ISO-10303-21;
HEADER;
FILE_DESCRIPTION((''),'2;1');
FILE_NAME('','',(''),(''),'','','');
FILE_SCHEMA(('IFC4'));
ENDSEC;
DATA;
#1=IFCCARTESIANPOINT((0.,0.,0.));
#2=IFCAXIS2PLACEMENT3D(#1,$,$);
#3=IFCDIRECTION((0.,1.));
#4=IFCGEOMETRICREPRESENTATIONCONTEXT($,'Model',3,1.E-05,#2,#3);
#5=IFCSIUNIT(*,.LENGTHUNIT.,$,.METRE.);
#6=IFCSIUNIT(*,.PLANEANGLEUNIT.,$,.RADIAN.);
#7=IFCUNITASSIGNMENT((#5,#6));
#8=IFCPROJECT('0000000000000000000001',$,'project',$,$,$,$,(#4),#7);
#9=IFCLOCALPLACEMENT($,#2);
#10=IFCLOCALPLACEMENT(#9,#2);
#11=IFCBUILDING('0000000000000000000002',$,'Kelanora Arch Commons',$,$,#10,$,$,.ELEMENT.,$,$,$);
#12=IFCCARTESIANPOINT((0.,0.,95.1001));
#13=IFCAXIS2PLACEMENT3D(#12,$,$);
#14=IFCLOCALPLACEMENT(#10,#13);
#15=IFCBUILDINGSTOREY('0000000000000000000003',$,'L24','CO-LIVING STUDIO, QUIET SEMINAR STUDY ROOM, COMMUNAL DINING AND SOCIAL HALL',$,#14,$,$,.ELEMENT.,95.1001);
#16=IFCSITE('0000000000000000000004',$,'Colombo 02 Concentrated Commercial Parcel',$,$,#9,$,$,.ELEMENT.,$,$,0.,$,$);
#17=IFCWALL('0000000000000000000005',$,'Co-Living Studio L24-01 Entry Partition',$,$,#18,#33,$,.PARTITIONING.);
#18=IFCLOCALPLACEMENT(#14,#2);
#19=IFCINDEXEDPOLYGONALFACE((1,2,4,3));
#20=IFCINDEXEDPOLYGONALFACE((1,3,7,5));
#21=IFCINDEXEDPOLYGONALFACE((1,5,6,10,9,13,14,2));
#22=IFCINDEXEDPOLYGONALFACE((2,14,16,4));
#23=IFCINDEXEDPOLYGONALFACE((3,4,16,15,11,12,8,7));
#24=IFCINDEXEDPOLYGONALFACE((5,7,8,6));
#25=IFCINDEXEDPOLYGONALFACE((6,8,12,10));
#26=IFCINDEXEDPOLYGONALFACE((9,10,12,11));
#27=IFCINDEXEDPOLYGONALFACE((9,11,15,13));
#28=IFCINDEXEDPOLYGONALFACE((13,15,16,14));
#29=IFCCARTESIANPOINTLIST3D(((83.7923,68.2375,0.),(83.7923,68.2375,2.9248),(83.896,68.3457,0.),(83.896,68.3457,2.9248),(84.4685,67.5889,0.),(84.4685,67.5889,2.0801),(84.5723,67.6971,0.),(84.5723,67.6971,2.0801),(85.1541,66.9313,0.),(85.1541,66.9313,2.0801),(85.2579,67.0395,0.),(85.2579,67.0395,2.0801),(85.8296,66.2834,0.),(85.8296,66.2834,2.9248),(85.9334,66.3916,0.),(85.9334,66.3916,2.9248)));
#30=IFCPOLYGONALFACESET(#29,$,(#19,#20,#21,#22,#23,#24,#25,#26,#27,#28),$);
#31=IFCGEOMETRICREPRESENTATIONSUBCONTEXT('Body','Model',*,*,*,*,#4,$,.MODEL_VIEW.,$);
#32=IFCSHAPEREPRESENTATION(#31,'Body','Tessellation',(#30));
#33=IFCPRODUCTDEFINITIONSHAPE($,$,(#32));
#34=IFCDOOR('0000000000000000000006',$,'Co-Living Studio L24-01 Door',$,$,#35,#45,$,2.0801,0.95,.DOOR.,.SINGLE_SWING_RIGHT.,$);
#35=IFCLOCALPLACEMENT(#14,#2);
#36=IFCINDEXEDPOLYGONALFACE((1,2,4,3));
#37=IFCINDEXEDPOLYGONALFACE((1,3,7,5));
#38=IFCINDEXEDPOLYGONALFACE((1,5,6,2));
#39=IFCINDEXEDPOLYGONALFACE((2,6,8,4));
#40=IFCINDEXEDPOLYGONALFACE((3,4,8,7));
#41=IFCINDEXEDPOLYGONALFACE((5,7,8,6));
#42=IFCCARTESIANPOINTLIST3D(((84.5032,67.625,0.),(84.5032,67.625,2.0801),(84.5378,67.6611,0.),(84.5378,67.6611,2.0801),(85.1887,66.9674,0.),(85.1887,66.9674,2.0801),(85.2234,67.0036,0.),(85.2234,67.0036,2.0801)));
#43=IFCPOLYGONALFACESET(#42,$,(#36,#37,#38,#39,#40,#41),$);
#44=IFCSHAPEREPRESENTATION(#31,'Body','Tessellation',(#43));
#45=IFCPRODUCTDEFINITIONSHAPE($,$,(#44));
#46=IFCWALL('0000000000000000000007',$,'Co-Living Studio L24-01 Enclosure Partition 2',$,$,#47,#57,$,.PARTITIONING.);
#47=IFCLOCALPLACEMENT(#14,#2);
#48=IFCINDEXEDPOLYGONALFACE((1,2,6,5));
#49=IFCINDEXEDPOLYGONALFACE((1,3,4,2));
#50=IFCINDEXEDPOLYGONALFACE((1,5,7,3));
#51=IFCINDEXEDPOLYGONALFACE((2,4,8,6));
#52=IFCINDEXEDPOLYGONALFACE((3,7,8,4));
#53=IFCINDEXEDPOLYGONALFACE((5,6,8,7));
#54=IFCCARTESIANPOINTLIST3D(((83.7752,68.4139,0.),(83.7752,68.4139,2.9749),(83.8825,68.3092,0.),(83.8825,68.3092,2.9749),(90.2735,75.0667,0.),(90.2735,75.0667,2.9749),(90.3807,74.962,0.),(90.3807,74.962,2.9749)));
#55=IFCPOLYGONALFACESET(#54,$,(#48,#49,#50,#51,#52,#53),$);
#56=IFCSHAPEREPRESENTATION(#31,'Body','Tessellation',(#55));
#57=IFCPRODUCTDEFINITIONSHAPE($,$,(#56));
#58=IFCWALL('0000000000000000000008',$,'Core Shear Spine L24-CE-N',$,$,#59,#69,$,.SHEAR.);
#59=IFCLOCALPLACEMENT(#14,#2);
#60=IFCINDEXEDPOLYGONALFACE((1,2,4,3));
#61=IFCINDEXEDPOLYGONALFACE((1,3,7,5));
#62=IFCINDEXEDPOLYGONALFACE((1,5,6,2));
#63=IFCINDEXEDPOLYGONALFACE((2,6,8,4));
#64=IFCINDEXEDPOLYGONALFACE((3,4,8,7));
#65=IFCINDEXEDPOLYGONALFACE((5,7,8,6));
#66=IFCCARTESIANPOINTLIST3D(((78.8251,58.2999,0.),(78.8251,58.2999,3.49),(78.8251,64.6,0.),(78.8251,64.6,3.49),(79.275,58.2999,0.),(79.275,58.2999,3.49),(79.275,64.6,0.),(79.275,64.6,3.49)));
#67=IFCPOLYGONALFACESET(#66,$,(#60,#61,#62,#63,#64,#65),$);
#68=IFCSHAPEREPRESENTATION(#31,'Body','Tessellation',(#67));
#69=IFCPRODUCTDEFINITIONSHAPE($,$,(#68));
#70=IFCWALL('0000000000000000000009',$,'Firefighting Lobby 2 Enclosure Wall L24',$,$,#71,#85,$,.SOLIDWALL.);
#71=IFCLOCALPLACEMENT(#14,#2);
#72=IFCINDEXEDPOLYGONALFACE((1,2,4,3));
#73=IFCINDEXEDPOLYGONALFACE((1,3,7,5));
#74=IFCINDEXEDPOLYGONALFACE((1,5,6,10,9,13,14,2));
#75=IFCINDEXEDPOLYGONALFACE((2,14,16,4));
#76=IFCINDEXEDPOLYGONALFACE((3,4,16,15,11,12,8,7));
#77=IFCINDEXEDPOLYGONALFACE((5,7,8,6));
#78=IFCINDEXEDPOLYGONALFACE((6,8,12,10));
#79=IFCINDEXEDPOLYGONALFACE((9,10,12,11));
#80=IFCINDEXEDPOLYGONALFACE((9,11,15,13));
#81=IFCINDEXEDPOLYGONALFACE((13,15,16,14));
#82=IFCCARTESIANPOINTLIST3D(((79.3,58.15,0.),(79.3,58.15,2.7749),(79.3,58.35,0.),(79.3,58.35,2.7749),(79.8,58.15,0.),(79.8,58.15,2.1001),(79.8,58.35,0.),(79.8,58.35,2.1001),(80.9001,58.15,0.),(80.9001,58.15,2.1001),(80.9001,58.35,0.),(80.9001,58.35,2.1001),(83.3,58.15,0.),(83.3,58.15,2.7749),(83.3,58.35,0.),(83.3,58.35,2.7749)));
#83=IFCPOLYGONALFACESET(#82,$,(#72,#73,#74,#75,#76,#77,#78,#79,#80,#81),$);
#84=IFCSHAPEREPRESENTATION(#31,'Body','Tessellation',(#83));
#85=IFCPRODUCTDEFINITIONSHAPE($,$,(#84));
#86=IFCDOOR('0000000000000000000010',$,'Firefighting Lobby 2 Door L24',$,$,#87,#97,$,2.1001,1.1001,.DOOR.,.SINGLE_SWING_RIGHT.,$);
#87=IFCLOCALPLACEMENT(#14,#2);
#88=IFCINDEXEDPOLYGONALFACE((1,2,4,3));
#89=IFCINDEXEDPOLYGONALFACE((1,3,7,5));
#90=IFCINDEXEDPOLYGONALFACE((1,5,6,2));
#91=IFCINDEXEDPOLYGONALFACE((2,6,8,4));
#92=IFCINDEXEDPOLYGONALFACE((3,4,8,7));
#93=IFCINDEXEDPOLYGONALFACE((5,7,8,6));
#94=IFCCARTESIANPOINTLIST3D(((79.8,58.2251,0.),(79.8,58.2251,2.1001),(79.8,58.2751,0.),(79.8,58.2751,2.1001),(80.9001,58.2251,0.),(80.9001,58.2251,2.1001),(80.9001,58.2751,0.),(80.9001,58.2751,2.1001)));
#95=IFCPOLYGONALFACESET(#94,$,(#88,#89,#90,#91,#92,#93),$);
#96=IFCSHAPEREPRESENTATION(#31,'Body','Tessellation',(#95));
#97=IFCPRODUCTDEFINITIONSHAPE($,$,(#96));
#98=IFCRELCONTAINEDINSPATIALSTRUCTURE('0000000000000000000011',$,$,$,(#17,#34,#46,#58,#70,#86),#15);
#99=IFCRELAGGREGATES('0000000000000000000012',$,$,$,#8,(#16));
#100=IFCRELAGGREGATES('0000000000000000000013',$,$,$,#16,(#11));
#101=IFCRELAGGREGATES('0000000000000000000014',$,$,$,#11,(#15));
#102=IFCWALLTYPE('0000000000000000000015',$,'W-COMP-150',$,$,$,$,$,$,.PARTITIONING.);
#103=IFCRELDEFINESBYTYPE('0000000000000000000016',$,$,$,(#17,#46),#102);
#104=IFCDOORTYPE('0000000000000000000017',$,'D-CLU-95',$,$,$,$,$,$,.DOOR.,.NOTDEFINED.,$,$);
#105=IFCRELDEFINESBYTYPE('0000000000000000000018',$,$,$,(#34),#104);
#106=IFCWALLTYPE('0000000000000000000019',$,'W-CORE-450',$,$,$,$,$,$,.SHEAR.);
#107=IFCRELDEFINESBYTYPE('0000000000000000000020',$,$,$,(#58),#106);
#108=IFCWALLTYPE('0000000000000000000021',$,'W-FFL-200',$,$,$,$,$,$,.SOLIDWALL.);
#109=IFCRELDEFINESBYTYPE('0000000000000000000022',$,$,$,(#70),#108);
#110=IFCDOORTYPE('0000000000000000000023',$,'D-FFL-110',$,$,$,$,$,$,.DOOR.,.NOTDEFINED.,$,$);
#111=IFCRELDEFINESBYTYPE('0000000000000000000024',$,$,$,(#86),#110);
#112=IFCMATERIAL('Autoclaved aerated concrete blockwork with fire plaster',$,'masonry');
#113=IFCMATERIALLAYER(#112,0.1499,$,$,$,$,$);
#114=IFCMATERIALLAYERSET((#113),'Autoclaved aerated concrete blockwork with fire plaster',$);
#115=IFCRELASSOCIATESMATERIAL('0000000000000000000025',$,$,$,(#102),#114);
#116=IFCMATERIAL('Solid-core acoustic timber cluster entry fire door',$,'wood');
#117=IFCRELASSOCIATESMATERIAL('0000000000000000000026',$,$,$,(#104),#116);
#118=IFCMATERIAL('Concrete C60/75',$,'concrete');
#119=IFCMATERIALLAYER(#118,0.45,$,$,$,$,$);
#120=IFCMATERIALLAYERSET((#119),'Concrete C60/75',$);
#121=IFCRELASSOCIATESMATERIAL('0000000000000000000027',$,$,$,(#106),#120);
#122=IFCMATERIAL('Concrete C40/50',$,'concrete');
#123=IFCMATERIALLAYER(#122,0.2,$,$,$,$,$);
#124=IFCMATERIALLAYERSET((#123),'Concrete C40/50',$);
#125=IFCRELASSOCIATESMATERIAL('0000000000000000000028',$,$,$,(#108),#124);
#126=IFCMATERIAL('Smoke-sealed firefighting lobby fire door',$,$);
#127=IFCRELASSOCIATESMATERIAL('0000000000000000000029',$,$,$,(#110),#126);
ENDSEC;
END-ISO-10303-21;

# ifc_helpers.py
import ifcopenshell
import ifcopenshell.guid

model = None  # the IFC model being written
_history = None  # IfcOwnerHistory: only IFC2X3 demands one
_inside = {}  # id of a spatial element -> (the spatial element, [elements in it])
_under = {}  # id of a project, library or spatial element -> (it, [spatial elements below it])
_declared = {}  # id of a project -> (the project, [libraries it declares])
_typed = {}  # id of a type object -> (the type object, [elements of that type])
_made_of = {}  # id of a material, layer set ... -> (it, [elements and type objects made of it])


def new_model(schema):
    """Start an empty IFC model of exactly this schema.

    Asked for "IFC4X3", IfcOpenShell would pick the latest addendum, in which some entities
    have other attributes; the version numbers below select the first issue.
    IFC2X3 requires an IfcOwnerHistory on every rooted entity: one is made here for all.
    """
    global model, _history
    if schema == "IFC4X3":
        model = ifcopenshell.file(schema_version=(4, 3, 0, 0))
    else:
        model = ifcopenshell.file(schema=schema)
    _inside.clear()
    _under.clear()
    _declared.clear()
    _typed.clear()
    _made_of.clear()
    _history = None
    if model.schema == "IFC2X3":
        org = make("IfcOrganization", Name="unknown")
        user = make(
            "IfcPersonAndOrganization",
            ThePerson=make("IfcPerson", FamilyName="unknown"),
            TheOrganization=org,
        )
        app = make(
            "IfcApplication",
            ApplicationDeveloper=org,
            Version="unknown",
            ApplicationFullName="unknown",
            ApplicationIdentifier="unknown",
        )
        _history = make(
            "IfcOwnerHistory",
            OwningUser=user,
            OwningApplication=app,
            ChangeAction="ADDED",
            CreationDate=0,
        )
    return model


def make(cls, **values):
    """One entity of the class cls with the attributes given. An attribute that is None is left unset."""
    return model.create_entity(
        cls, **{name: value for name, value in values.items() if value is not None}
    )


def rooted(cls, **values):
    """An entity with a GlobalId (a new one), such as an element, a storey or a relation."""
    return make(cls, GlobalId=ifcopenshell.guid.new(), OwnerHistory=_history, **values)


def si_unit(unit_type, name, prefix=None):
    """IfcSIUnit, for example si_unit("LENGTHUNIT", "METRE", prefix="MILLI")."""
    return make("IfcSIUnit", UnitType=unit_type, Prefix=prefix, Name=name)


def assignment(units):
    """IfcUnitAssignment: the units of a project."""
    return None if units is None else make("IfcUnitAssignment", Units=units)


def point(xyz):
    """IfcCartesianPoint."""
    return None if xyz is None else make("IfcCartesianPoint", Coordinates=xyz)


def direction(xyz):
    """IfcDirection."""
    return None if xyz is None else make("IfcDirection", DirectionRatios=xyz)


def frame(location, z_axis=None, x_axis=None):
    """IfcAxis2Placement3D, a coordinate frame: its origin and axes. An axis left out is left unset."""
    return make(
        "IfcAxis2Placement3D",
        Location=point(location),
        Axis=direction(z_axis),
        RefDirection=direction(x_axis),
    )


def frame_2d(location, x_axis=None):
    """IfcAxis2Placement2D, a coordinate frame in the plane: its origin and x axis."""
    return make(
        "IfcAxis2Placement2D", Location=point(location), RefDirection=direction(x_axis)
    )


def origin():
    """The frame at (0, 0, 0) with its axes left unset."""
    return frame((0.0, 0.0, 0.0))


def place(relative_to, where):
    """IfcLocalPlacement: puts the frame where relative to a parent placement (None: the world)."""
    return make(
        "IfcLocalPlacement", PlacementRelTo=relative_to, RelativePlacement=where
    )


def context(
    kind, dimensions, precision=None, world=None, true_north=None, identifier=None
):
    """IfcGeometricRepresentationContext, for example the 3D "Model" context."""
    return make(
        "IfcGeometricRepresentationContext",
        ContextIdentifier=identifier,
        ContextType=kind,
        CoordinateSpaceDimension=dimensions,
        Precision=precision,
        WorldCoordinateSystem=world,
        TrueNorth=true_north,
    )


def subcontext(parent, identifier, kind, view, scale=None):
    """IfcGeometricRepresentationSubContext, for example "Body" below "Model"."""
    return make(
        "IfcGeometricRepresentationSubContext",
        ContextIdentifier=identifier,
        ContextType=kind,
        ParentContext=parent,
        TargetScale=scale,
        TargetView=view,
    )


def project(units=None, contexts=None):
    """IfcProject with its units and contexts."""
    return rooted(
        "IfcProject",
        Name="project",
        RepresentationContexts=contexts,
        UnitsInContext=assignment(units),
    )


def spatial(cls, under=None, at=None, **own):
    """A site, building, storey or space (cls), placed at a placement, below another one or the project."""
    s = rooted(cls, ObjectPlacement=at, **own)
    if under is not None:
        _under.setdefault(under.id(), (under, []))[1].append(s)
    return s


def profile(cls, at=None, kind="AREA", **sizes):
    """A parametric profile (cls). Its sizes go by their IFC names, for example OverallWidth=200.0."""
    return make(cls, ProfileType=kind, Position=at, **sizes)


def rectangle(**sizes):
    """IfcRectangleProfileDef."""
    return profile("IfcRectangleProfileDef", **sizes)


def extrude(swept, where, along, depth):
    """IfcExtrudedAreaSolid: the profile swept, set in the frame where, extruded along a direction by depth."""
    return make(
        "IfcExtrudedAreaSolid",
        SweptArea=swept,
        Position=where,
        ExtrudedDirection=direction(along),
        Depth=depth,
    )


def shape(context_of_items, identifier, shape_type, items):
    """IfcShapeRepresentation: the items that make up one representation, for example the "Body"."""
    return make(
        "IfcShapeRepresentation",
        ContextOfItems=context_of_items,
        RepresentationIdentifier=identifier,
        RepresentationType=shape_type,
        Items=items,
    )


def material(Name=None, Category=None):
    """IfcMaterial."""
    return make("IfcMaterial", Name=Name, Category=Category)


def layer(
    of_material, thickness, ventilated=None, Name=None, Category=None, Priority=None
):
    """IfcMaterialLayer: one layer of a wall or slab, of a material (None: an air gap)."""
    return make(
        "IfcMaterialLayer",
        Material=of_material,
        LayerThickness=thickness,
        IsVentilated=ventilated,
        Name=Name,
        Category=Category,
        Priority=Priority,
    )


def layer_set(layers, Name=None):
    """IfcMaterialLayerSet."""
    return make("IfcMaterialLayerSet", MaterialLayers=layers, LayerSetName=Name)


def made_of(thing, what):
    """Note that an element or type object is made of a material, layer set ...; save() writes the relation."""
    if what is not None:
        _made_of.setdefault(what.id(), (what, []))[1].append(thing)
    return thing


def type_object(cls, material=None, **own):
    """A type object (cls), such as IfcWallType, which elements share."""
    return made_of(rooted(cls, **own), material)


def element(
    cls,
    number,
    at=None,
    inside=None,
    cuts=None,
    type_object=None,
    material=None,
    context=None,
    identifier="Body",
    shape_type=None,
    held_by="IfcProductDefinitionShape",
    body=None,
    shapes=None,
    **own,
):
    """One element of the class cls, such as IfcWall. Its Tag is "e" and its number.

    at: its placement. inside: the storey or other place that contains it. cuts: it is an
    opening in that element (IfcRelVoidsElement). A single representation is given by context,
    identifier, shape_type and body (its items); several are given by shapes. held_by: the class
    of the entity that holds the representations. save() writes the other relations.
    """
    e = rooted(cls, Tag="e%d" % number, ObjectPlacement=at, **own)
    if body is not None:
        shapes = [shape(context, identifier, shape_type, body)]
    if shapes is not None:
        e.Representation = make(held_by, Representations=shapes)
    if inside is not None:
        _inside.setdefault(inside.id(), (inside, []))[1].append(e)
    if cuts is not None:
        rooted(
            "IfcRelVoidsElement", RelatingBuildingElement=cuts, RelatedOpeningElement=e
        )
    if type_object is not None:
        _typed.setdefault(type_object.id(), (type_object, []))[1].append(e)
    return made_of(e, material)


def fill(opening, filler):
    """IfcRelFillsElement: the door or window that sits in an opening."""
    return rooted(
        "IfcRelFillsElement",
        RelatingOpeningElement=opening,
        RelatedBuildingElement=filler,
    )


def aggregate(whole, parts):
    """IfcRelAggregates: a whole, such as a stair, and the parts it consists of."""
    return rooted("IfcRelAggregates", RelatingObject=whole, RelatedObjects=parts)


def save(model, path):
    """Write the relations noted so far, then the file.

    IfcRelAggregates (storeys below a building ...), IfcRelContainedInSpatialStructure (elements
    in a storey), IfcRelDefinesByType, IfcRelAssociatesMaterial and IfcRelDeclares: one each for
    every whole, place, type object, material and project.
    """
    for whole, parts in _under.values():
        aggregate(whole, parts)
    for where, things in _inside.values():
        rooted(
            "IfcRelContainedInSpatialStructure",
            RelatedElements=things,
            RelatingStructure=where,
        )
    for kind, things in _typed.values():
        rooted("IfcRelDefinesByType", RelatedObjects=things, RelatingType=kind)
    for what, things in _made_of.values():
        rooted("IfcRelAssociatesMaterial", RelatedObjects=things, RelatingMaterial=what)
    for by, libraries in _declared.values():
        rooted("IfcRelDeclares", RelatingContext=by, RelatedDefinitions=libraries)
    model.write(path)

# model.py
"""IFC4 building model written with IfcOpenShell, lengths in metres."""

from ifc_helpers import new_model, si_unit, direction, frame, frame_2d, origin, place, context, subcontext, project, spatial, rectangle, extrude, material, layer, layer_set, type_object, element, fill, save


model = new_model("IFC4")

# Units and contexts
model_context = context("Model", 3, precision=1e-05, world=origin(), true_north=direction((0.0, 1.0)))
body_context = subcontext(model_context, "Body", "Model", "MODEL_VIEW")
ifc_project = project(units=[si_unit("LENGTHUNIT", "METRE"), si_unit("PLANEANGLEUNIT", "RADIAN")], contexts=[model_context])

# Site, building, storey
site_placement = place(None, origin())
site = spatial("IfcSite", under=ifc_project, at=site_placement, Name="Colombo 02 Concentrated Commercial Parcel", CompositionType="ELEMENT", RefElevation=0.0)
building_placement = place(site_placement, origin())
building = spatial("IfcBuilding", under=site, at=building_placement, Name="Kelanora Arch Commons", CompositionType="ELEMENT")
storey_placement = place(building_placement, frame((0.0, 0.0, 95.1001)))
storey = spatial("IfcBuildingStorey", under=building, at=storey_placement, Name="L24", Description="CO-LIVING STUDIO, QUIET SEMINAR STUDY ROOM, COMMUNAL DINING AND SOCIAL HALL", CompositionType="ELEMENT", Elevation=95.1001)

# Shared definitions
ifc_material_1 = material(Name="Concrete C60/75", Category="concrete")

# Shared definitions
ifc_material_2 = material(Name="Autoclaved aerated concrete blockwork with fire plaster", Category="masonry")
ifc_layer_1 = layer(ifc_material_2, 0.1499)
ifc_layer_set_1 = layer_set([ifc_layer_1], Name="Autoclaved aerated concrete blockwork with fire plaster")
wall_type_1 = type_object("IfcWallType", Name="W-COMP-150", PredefinedType="PARTITIONING", material=ifc_layer_set_1)

# Wall, opening, door
wall_1_placement = place(storey_placement, frame((85.8816, 66.3374, 0.0), z_axis=(0.0, 0.0, 1.0), x_axis=(-0.721698, 0.692208, 0.0)))
wall_1 = element("IfcWall", 1, at=wall_1_placement, inside=storey, type_object=wall_type_1, Name="Co-Living Studio L24-01 Entry Partition", PredefinedType="PARTITIONING", context=body_context, shape_type="SweptSolid", body=[
    extrude(rectangle(XDim=2.823, YDim=0.1499, at=frame_2d((1.4116, 0.0))), origin(), (0.0, 0.0, 1.0), 2.9248),
])
opening_1_placement = place(wall_1_placement, frame((0.936, 0.0, 0.0)))
opening_1 = element("IfcOpeningElement", 2, at=opening_1_placement, cuts=wall_1, PredefinedType="OPENING", context=body_context, shape_type="SweptSolid", body=[
    extrude(rectangle(XDim=0.95, YDim=2.0801, at=frame_2d((0.4751, 1.04))), frame((0.0, 0.085, 0.0), z_axis=(0.0, -1.0, 0.0), x_axis=(1.0, 0.0, 0.0)), (0.0, 0.0, 1.0), 0.1699),
])
ifc_material_3 = material(Name="Solid-core acoustic timber cluster entry fire door", Category="wood")
door_type_1 = type_object("IfcDoorType", Name="D-CLU-95", OperationType="NOTDEFINED", PredefinedType="DOOR", material=ifc_material_3)
door_1_placement = place(opening_1_placement, origin())
door_1 = element("IfcDoor", 3, at=door_1_placement, inside=storey, type_object=door_type_1, Name="Co-Living Studio L24-01 Door", OperationType="SINGLE_SWING_RIGHT", OverallHeight=2.0801, OverallWidth=0.95, PredefinedType="DOOR", context=body_context, shape_type="SweptSolid", body=[
    extrude(rectangle(XDim=0.95, YDim=2.0801, at=frame_2d((0.4751, 1.04))), frame((0.0, 0.0249, 0.0), z_axis=(0.0, -1.0, 0.0), x_axis=(1.0, 0.0, 0.0)), (0.0, 0.0, 1.0), 0.05),
])
fill(opening_1, door_1)

# Walls
wall_2_placement = place(storey_placement, frame((83.8289, 68.3616, 0.0), z_axis=(0.0, 0.0, 1.0), x_axis=(0.698749, 0.715367, 0.0)))
element("IfcWall", 4, at=wall_2_placement, inside=storey, type_object=wall_type_1, Name="Co-Living Studio L24-01 Enclosure Partition 2", PredefinedType="PARTITIONING", context=body_context, shape_type="SweptSolid", body=[
    extrude(rectangle(XDim=9.2998, YDim=0.1499, at=frame_2d((4.6499, 0.0))), origin(), (0.0, 0.0, 1.0), 2.9749),
])
ifc_layer_2 = layer(ifc_material_1, 0.45)
ifc_layer_set_2 = layer_set([ifc_layer_2], Name="Concrete C60/75")
wall_type_2 = type_object("IfcWallType", Name="W-CORE-450", PredefinedType="SHEAR", material=ifc_layer_set_2)
wall_3_placement = place(storey_placement, frame((79.05, 58.3, 0.0), z_axis=(0.0, 0.0, 1.0), x_axis=(0.0, 1.0, 0.0)))
element("IfcWall", 5, at=wall_3_placement, inside=storey, type_object=wall_type_2, Name="Core Shear Spine L24-CE-N", PredefinedType="SHEAR", context=body_context, shape_type="SweptSolid", body=[
    extrude(rectangle(XDim=6.3, YDim=0.45, at=frame_2d((3.1499, 0.0))), origin(), (0.0, 0.0, 1.0), 3.49),
])

# Wall, opening, door
ifc_material_4 = material(Name="Concrete C40/50", Category="concrete")
ifc_layer_3 = layer(ifc_material_4, 0.2)
ifc_layer_set_3 = layer_set([ifc_layer_3], Name="Concrete C40/50")
wall_type_3 = type_object("IfcWallType", Name="W-FFL-200", PredefinedType="SOLIDWALL", material=ifc_layer_set_3)
wall_4_placement = place(storey_placement, frame((79.3, 58.25, 0.0), z_axis=(0.0, 0.0, 1.0), x_axis=(1.0, 0.0, 0.0)))
wall_4 = element("IfcWall", 6, at=wall_4_placement, inside=storey, type_object=wall_type_3, Name="Firefighting Lobby 2 Enclosure Wall L24", PredefinedType="SOLIDWALL", context=body_context, shape_type="SweptSolid", body=[
    extrude(rectangle(XDim=4.0, YDim=0.2, at=frame_2d((2.0, 0.0))), origin(), (0.0, 0.0, 1.0), 2.7749),
])
opening_2_placement = place(wall_4_placement, frame((0.5, 0.0, 0.0)))
opening_2 = element("IfcOpeningElement", 7, at=opening_2_placement, cuts=wall_4, PredefinedType="OPENING", context=body_context, shape_type="SweptSolid", body=[
    extrude(rectangle(XDim=1.1001, YDim=2.1001, at=frame_2d((0.55, 1.05))), frame((0.0, 0.1099, 0.0), z_axis=(0.0, -1.0, 0.0), x_axis=(1.0, 0.0, 0.0)), (0.0, 0.0, 1.0), 0.22),
])
ifc_material_5 = material(Name="Smoke-sealed firefighting lobby fire door")
door_type_2 = type_object("IfcDoorType", Name="D-FFL-110", OperationType="NOTDEFINED", PredefinedType="DOOR", material=ifc_material_5)
door_2_placement = place(opening_2_placement, frame((1.1001, 0.0, 0.0), z_axis=(0.0, 0.0, 1.0), x_axis=(-1.0, 0.0, 0.0)))
door_2 = element("IfcDoor", 8, at=door_2_placement, inside=storey, type_object=door_type_2, Name="Firefighting Lobby 2 Door L24", OperationType="SINGLE_SWING_RIGHT", OverallHeight=2.1001, OverallWidth=1.1001, PredefinedType="DOOR", context=body_context, shape_type="SweptSolid", body=[
    extrude(rectangle(XDim=1.1001, YDim=2.1001, at=frame_2d((0.55, 1.05))), frame((0.0, 0.0249, 0.0), z_axis=(0.0, -1.0, 0.0), x_axis=(1.0, 0.0, 0.0)), (0.0, 0.0, 1.0), 0.05),
])
fill(opening_2, door_2)

save(model, "model.ifc")
